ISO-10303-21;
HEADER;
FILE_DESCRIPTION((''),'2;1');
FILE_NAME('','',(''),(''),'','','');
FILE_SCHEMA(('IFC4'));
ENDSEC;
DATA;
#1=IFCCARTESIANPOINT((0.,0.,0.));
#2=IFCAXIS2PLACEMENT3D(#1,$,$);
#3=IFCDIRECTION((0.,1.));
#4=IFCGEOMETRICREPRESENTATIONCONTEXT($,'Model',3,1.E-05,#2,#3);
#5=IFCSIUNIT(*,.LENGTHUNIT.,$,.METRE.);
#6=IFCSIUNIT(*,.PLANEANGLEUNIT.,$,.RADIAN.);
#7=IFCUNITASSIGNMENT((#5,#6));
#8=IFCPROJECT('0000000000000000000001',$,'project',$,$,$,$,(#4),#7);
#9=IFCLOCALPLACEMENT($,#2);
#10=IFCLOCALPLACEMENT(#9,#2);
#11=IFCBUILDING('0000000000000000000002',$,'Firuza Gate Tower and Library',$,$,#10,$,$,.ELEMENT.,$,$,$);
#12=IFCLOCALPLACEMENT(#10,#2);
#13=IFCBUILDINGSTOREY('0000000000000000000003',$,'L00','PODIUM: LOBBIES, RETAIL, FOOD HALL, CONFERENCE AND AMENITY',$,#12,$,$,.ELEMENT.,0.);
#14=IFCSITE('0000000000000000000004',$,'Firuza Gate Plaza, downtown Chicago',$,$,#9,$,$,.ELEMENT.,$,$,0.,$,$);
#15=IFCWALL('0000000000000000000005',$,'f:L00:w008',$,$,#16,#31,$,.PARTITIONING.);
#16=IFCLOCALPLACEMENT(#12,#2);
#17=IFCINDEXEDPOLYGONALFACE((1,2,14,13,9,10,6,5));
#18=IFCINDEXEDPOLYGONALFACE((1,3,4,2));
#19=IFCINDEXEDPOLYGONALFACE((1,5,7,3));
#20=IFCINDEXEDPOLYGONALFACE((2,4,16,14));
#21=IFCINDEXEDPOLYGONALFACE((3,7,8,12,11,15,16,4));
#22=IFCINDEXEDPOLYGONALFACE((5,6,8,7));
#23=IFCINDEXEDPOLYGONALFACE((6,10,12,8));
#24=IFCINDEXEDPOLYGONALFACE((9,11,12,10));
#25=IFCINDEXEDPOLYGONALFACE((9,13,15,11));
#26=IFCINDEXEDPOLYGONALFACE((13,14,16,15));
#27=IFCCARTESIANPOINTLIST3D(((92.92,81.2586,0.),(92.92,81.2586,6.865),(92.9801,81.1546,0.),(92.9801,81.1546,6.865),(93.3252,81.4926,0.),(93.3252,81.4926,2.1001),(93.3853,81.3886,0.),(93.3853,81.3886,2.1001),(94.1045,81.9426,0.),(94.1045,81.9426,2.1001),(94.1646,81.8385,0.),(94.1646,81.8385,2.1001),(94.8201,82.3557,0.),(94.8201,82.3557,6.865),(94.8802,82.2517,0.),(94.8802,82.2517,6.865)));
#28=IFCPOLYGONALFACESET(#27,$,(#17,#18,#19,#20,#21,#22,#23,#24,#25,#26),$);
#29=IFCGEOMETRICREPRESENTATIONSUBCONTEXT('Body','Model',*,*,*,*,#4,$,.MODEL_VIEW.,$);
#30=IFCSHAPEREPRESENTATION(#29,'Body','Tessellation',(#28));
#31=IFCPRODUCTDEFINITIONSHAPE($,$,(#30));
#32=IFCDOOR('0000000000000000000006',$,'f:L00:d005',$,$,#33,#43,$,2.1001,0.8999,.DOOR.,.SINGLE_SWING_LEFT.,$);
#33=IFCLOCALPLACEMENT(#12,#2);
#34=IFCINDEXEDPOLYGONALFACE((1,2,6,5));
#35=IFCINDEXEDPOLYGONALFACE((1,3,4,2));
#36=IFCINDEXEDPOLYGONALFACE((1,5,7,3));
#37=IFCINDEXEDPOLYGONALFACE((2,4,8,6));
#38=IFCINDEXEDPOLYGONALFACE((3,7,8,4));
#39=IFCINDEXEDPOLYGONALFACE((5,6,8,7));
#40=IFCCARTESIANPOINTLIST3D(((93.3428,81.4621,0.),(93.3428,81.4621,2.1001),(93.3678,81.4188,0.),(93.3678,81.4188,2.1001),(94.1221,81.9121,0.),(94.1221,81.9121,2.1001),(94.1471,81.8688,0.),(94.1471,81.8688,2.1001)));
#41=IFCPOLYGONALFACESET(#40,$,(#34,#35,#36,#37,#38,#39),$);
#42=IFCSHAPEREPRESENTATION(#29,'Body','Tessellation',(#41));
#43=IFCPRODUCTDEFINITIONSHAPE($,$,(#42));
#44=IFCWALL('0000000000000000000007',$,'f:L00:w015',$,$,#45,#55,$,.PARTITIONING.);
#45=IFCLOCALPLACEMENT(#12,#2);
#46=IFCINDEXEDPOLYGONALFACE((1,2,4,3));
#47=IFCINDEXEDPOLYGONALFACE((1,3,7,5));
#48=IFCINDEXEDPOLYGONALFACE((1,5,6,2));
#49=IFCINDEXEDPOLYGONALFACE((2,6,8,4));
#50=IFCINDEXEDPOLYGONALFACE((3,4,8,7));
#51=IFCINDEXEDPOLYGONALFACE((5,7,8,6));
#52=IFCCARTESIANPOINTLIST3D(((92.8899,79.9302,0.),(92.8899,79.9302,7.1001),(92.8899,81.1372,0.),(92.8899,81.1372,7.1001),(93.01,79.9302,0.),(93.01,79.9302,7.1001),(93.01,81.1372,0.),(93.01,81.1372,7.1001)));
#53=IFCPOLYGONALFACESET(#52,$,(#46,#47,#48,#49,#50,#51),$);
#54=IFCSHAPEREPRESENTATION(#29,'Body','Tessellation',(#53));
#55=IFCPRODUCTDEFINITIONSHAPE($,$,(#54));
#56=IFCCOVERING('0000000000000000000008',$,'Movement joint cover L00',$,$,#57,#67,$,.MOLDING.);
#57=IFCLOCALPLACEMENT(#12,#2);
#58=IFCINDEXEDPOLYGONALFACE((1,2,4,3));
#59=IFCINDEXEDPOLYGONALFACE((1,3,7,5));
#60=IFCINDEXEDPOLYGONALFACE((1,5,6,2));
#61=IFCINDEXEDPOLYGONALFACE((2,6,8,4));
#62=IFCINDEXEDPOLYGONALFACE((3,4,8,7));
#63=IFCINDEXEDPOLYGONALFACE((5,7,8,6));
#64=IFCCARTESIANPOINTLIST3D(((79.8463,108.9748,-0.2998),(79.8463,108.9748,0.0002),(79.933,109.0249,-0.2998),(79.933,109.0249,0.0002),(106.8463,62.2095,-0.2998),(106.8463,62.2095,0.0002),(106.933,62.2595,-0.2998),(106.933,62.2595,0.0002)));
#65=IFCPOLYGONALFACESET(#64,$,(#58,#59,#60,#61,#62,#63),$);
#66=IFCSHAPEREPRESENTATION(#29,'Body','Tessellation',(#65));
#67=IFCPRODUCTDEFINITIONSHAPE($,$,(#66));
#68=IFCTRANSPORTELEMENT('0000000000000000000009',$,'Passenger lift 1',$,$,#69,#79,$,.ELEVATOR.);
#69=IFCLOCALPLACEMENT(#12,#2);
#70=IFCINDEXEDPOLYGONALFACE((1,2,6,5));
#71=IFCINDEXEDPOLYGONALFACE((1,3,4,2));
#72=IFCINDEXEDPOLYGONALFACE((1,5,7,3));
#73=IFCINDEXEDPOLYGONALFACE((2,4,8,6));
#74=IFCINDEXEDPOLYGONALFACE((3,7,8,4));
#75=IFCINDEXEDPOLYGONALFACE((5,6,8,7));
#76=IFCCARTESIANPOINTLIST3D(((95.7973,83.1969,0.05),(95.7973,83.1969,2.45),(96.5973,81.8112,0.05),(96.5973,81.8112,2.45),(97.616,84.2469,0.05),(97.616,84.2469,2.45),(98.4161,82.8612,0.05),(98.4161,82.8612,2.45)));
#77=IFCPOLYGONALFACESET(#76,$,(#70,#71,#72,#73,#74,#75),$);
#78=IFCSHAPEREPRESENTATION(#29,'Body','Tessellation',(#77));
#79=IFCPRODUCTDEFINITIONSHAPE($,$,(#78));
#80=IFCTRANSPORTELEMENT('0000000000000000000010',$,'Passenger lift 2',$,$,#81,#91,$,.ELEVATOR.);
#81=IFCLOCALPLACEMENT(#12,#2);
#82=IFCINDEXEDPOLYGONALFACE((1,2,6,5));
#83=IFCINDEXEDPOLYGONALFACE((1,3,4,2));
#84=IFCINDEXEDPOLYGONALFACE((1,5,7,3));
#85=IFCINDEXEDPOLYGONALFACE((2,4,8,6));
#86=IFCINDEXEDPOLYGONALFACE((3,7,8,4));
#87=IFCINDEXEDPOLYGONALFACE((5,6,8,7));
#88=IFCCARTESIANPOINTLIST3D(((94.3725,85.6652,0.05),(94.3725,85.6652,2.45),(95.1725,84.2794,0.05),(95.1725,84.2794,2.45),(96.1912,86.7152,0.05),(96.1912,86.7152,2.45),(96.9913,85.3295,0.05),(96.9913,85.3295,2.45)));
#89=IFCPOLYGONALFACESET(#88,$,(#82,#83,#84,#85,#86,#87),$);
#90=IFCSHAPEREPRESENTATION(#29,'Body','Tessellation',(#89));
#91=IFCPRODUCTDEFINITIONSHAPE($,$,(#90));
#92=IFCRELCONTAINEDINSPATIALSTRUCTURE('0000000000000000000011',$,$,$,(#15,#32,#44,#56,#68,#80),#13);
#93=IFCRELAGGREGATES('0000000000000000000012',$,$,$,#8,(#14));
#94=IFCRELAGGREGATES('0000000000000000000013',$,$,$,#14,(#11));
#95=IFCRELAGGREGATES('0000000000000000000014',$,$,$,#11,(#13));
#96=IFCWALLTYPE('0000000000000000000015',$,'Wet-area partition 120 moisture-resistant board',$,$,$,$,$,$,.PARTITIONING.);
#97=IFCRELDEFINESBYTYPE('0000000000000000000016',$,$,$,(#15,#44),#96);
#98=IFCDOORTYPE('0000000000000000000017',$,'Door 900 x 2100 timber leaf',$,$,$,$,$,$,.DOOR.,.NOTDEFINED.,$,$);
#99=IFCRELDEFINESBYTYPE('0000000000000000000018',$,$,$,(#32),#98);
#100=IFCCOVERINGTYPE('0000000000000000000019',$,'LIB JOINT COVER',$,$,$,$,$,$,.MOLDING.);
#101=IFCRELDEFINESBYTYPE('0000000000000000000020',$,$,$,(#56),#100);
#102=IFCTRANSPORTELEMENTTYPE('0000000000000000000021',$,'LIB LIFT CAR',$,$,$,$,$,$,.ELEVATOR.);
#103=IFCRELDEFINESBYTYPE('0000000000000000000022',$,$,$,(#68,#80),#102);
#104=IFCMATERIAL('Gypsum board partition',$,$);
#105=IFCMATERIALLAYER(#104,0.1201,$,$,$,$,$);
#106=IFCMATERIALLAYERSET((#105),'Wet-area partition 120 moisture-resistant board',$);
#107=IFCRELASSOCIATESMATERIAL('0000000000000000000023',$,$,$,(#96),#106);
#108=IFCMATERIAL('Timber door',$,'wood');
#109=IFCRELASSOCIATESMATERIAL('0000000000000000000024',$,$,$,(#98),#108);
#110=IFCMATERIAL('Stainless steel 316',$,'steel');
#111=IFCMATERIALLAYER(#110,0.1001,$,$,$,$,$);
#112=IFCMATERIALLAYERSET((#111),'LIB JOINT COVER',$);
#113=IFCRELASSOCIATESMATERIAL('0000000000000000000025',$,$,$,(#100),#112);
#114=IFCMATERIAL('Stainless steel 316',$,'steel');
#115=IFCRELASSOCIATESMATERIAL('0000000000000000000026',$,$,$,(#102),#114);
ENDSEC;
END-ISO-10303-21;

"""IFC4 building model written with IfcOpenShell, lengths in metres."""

from ifc_helpers import new_model, si_unit, direction, frame, frame_2d, origin, origin_2d, place, context, subcontext, project, spatial, rectangle, extrude, material, layer, layer_set, type_object, element, fill, save


model = new_model("IFC4")

# Units and contexts
model_context = context("Model", 3, precision=1e-05, world=origin(), true_north=direction((0.0, 1.0)))
body_context = subcontext(model_context, "Body", "Model", "MODEL_VIEW")
ifc_project = project(units=[si_unit("LENGTHUNIT", "METRE"), si_unit("PLANEANGLEUNIT", "RADIAN")], contexts=[model_context])

# Site, building, storey
site_placement = place(None, origin())
site = spatial("IfcSite", under=ifc_project, at=site_placement, Name="Firuza Gate Plaza, downtown Chicago", CompositionType="ELEMENT", RefElevation=0.0)
building_placement = place(site_placement, origin())
building = spatial("IfcBuilding", under=site, at=building_placement, Name="Firuza Gate Tower and Library", CompositionType="ELEMENT")
storey_placement = place(building_placement, origin())
storey = spatial("IfcBuildingStorey", under=building, at=storey_placement, Name="L00", Description="PODIUM: LOBBIES, RETAIL, FOOD HALL, CONFERENCE AND AMENITY", CompositionType="ELEMENT", Elevation=0.0)

# Shared definitions
ifc_material_1 = material(Name="Gypsum board partition")
ifc_layer_1 = layer(ifc_material_1, 0.1201)
ifc_layer_set_1 = layer_set([ifc_layer_1], Name="Wet-area partition 120 moisture-resistant board")
wall_type_1 = type_object("IfcWallType", Name="Wet-area partition 120 moisture-resistant board", PredefinedType="PARTITIONING", material=ifc_layer_set_1)

# Wall, opening, door
wall_1_placement = place(storey_placement, frame((92.95, 81.2065, 0.0), z_axis=(0.0, 0.0, 1.0), x_axis=(0.866002, 0.50004, 0.0)))
wall_1 = element("IfcWall", 1, at=wall_1_placement, inside=storey, type_object=wall_type_1, Name="f:L00:w008", PredefinedType="PARTITIONING", context=body_context, shape_type="SweptSolid", body=[
    extrude(rectangle(XDim=2.1941, YDim=0.1201, at=frame_2d((1.0972, 0.0))), origin(), (0.0, 0.0, 1.0), 6.865),
])
opening_1_placement = place(wall_1_placement, frame((0.468, 0.0, 0.0)))
opening_1 = element("IfcOpeningElement", 2, at=opening_1_placement, cuts=wall_1, PredefinedType="OPENING", context=body_context, shape_type="SweptSolid", body=[
    extrude(rectangle(XDim=0.8999, YDim=2.1001, at=frame_2d((0.45, 1.05))), frame((0.0, 0.0701, 0.0), z_axis=(0.0, -1.0, 0.0), x_axis=(1.0, 0.0, 0.0)), (0.0, 0.0, 1.0), 0.1401),
])
ifc_material_2 = material(Name="Timber door", Category="wood")
door_type_1 = type_object("IfcDoorType", Name="Door 900 x 2100 timber leaf", OperationType="NOTDEFINED", PredefinedType="DOOR", material=ifc_material_2)
door_1_placement = place(opening_1_placement, origin())
door_1 = element("IfcDoor", 3, at=door_1_placement, inside=storey, type_object=door_type_1, Name="f:L00:d005", OperationType="SINGLE_SWING_LEFT", OverallHeight=2.1001, OverallWidth=0.8999, PredefinedType="DOOR", context=body_context, shape_type="SweptSolid", body=[
    extrude(rectangle(XDim=0.8999, YDim=2.1001, at=frame_2d((0.45, 1.05))), frame((0.0, 0.0249, 0.0), z_axis=(0.0, -1.0, 0.0), x_axis=(1.0, 0.0, 0.0)), (0.0, 0.0, 1.0), 0.05),
])
fill(opening_1, door_1)

# Wall
wall_2_placement = place(storey_placement, frame((92.95, 79.9302, 0.0), z_axis=(0.0, 0.0, 1.0), x_axis=(0.0, 1.0, 0.0)))
element("IfcWall", 4, at=wall_2_placement, inside=storey, type_object=wall_type_1, Name="f:L00:w015", PredefinedType="PARTITIONING", context=body_context, shape_type="SweptSolid", body=[
    extrude(rectangle(XDim=1.207, YDim=0.1201, at=frame_2d((0.6035, 0.0))), origin(), (0.0, 0.0, 1.0), 7.1001),
])

# Covering
ifc_material_3 = material(Name="Stainless steel 316", Category="steel")
ifc_layer_2 = layer(ifc_material_3, 0.1001)
ifc_layer_set_2 = layer_set([ifc_layer_2], Name="LIB JOINT COVER")
covering_type = type_object("IfcCoveringType", Name="LIB JOINT COVER", PredefinedType="MOLDING", material=ifc_layer_set_2)
covering_placement = place(storey_placement, frame((93.3896, 85.6172, -0.2998), z_axis=(0.0, 0.0, 1.0), x_axis=(-0.5, 0.866025, 0.0)))
element("IfcCovering", 5, at=covering_placement, inside=storey, type_object=covering_type, Name="Movement joint cover L00", PredefinedType="MOLDING", context=body_context, shape_type="SweptSolid", body=[
    extrude(rectangle(XDim=54.0, YDim=0.1001, at=origin_2d()), origin(), (0.0, 0.0, 1.0), 0.3),
])

# Transport elements
ifc_material_4 = material(Name="Stainless steel 316", Category="steel")
transport_element_type = type_object("IfcTransportElementType", Name="LIB LIFT CAR", PredefinedType="ELEVATOR", material=ifc_material_4)
for number, where, z_axis, x_axis, name in (
    (6, (97.1067, 83.0291, 0.05), (0.0, 0.0, 1.0), (-0.5, 0.866025, 0.0), "Passenger lift 1"),
    (7, (95.6819, 85.4973, 0.05), (0.0, 0.0, 1.0), (-0.5, 0.866025, 0.0), "Passenger lift 2"),
):
    element("IfcTransportElement", number, at=place(storey_placement, frame(where, z_axis=z_axis, x_axis=x_axis)), inside=storey, type_object=transport_element_type, Name=name, PredefinedType="ELEVATOR", context=body_context, shape_type="SweptSolid", body=[
        extrude(rectangle(XDim=1.6001, YDim=2.1001, at=origin_2d()), origin(), (0.0, 0.0, 1.0), 2.3999),
    ])

save(model, "model.ifc")
